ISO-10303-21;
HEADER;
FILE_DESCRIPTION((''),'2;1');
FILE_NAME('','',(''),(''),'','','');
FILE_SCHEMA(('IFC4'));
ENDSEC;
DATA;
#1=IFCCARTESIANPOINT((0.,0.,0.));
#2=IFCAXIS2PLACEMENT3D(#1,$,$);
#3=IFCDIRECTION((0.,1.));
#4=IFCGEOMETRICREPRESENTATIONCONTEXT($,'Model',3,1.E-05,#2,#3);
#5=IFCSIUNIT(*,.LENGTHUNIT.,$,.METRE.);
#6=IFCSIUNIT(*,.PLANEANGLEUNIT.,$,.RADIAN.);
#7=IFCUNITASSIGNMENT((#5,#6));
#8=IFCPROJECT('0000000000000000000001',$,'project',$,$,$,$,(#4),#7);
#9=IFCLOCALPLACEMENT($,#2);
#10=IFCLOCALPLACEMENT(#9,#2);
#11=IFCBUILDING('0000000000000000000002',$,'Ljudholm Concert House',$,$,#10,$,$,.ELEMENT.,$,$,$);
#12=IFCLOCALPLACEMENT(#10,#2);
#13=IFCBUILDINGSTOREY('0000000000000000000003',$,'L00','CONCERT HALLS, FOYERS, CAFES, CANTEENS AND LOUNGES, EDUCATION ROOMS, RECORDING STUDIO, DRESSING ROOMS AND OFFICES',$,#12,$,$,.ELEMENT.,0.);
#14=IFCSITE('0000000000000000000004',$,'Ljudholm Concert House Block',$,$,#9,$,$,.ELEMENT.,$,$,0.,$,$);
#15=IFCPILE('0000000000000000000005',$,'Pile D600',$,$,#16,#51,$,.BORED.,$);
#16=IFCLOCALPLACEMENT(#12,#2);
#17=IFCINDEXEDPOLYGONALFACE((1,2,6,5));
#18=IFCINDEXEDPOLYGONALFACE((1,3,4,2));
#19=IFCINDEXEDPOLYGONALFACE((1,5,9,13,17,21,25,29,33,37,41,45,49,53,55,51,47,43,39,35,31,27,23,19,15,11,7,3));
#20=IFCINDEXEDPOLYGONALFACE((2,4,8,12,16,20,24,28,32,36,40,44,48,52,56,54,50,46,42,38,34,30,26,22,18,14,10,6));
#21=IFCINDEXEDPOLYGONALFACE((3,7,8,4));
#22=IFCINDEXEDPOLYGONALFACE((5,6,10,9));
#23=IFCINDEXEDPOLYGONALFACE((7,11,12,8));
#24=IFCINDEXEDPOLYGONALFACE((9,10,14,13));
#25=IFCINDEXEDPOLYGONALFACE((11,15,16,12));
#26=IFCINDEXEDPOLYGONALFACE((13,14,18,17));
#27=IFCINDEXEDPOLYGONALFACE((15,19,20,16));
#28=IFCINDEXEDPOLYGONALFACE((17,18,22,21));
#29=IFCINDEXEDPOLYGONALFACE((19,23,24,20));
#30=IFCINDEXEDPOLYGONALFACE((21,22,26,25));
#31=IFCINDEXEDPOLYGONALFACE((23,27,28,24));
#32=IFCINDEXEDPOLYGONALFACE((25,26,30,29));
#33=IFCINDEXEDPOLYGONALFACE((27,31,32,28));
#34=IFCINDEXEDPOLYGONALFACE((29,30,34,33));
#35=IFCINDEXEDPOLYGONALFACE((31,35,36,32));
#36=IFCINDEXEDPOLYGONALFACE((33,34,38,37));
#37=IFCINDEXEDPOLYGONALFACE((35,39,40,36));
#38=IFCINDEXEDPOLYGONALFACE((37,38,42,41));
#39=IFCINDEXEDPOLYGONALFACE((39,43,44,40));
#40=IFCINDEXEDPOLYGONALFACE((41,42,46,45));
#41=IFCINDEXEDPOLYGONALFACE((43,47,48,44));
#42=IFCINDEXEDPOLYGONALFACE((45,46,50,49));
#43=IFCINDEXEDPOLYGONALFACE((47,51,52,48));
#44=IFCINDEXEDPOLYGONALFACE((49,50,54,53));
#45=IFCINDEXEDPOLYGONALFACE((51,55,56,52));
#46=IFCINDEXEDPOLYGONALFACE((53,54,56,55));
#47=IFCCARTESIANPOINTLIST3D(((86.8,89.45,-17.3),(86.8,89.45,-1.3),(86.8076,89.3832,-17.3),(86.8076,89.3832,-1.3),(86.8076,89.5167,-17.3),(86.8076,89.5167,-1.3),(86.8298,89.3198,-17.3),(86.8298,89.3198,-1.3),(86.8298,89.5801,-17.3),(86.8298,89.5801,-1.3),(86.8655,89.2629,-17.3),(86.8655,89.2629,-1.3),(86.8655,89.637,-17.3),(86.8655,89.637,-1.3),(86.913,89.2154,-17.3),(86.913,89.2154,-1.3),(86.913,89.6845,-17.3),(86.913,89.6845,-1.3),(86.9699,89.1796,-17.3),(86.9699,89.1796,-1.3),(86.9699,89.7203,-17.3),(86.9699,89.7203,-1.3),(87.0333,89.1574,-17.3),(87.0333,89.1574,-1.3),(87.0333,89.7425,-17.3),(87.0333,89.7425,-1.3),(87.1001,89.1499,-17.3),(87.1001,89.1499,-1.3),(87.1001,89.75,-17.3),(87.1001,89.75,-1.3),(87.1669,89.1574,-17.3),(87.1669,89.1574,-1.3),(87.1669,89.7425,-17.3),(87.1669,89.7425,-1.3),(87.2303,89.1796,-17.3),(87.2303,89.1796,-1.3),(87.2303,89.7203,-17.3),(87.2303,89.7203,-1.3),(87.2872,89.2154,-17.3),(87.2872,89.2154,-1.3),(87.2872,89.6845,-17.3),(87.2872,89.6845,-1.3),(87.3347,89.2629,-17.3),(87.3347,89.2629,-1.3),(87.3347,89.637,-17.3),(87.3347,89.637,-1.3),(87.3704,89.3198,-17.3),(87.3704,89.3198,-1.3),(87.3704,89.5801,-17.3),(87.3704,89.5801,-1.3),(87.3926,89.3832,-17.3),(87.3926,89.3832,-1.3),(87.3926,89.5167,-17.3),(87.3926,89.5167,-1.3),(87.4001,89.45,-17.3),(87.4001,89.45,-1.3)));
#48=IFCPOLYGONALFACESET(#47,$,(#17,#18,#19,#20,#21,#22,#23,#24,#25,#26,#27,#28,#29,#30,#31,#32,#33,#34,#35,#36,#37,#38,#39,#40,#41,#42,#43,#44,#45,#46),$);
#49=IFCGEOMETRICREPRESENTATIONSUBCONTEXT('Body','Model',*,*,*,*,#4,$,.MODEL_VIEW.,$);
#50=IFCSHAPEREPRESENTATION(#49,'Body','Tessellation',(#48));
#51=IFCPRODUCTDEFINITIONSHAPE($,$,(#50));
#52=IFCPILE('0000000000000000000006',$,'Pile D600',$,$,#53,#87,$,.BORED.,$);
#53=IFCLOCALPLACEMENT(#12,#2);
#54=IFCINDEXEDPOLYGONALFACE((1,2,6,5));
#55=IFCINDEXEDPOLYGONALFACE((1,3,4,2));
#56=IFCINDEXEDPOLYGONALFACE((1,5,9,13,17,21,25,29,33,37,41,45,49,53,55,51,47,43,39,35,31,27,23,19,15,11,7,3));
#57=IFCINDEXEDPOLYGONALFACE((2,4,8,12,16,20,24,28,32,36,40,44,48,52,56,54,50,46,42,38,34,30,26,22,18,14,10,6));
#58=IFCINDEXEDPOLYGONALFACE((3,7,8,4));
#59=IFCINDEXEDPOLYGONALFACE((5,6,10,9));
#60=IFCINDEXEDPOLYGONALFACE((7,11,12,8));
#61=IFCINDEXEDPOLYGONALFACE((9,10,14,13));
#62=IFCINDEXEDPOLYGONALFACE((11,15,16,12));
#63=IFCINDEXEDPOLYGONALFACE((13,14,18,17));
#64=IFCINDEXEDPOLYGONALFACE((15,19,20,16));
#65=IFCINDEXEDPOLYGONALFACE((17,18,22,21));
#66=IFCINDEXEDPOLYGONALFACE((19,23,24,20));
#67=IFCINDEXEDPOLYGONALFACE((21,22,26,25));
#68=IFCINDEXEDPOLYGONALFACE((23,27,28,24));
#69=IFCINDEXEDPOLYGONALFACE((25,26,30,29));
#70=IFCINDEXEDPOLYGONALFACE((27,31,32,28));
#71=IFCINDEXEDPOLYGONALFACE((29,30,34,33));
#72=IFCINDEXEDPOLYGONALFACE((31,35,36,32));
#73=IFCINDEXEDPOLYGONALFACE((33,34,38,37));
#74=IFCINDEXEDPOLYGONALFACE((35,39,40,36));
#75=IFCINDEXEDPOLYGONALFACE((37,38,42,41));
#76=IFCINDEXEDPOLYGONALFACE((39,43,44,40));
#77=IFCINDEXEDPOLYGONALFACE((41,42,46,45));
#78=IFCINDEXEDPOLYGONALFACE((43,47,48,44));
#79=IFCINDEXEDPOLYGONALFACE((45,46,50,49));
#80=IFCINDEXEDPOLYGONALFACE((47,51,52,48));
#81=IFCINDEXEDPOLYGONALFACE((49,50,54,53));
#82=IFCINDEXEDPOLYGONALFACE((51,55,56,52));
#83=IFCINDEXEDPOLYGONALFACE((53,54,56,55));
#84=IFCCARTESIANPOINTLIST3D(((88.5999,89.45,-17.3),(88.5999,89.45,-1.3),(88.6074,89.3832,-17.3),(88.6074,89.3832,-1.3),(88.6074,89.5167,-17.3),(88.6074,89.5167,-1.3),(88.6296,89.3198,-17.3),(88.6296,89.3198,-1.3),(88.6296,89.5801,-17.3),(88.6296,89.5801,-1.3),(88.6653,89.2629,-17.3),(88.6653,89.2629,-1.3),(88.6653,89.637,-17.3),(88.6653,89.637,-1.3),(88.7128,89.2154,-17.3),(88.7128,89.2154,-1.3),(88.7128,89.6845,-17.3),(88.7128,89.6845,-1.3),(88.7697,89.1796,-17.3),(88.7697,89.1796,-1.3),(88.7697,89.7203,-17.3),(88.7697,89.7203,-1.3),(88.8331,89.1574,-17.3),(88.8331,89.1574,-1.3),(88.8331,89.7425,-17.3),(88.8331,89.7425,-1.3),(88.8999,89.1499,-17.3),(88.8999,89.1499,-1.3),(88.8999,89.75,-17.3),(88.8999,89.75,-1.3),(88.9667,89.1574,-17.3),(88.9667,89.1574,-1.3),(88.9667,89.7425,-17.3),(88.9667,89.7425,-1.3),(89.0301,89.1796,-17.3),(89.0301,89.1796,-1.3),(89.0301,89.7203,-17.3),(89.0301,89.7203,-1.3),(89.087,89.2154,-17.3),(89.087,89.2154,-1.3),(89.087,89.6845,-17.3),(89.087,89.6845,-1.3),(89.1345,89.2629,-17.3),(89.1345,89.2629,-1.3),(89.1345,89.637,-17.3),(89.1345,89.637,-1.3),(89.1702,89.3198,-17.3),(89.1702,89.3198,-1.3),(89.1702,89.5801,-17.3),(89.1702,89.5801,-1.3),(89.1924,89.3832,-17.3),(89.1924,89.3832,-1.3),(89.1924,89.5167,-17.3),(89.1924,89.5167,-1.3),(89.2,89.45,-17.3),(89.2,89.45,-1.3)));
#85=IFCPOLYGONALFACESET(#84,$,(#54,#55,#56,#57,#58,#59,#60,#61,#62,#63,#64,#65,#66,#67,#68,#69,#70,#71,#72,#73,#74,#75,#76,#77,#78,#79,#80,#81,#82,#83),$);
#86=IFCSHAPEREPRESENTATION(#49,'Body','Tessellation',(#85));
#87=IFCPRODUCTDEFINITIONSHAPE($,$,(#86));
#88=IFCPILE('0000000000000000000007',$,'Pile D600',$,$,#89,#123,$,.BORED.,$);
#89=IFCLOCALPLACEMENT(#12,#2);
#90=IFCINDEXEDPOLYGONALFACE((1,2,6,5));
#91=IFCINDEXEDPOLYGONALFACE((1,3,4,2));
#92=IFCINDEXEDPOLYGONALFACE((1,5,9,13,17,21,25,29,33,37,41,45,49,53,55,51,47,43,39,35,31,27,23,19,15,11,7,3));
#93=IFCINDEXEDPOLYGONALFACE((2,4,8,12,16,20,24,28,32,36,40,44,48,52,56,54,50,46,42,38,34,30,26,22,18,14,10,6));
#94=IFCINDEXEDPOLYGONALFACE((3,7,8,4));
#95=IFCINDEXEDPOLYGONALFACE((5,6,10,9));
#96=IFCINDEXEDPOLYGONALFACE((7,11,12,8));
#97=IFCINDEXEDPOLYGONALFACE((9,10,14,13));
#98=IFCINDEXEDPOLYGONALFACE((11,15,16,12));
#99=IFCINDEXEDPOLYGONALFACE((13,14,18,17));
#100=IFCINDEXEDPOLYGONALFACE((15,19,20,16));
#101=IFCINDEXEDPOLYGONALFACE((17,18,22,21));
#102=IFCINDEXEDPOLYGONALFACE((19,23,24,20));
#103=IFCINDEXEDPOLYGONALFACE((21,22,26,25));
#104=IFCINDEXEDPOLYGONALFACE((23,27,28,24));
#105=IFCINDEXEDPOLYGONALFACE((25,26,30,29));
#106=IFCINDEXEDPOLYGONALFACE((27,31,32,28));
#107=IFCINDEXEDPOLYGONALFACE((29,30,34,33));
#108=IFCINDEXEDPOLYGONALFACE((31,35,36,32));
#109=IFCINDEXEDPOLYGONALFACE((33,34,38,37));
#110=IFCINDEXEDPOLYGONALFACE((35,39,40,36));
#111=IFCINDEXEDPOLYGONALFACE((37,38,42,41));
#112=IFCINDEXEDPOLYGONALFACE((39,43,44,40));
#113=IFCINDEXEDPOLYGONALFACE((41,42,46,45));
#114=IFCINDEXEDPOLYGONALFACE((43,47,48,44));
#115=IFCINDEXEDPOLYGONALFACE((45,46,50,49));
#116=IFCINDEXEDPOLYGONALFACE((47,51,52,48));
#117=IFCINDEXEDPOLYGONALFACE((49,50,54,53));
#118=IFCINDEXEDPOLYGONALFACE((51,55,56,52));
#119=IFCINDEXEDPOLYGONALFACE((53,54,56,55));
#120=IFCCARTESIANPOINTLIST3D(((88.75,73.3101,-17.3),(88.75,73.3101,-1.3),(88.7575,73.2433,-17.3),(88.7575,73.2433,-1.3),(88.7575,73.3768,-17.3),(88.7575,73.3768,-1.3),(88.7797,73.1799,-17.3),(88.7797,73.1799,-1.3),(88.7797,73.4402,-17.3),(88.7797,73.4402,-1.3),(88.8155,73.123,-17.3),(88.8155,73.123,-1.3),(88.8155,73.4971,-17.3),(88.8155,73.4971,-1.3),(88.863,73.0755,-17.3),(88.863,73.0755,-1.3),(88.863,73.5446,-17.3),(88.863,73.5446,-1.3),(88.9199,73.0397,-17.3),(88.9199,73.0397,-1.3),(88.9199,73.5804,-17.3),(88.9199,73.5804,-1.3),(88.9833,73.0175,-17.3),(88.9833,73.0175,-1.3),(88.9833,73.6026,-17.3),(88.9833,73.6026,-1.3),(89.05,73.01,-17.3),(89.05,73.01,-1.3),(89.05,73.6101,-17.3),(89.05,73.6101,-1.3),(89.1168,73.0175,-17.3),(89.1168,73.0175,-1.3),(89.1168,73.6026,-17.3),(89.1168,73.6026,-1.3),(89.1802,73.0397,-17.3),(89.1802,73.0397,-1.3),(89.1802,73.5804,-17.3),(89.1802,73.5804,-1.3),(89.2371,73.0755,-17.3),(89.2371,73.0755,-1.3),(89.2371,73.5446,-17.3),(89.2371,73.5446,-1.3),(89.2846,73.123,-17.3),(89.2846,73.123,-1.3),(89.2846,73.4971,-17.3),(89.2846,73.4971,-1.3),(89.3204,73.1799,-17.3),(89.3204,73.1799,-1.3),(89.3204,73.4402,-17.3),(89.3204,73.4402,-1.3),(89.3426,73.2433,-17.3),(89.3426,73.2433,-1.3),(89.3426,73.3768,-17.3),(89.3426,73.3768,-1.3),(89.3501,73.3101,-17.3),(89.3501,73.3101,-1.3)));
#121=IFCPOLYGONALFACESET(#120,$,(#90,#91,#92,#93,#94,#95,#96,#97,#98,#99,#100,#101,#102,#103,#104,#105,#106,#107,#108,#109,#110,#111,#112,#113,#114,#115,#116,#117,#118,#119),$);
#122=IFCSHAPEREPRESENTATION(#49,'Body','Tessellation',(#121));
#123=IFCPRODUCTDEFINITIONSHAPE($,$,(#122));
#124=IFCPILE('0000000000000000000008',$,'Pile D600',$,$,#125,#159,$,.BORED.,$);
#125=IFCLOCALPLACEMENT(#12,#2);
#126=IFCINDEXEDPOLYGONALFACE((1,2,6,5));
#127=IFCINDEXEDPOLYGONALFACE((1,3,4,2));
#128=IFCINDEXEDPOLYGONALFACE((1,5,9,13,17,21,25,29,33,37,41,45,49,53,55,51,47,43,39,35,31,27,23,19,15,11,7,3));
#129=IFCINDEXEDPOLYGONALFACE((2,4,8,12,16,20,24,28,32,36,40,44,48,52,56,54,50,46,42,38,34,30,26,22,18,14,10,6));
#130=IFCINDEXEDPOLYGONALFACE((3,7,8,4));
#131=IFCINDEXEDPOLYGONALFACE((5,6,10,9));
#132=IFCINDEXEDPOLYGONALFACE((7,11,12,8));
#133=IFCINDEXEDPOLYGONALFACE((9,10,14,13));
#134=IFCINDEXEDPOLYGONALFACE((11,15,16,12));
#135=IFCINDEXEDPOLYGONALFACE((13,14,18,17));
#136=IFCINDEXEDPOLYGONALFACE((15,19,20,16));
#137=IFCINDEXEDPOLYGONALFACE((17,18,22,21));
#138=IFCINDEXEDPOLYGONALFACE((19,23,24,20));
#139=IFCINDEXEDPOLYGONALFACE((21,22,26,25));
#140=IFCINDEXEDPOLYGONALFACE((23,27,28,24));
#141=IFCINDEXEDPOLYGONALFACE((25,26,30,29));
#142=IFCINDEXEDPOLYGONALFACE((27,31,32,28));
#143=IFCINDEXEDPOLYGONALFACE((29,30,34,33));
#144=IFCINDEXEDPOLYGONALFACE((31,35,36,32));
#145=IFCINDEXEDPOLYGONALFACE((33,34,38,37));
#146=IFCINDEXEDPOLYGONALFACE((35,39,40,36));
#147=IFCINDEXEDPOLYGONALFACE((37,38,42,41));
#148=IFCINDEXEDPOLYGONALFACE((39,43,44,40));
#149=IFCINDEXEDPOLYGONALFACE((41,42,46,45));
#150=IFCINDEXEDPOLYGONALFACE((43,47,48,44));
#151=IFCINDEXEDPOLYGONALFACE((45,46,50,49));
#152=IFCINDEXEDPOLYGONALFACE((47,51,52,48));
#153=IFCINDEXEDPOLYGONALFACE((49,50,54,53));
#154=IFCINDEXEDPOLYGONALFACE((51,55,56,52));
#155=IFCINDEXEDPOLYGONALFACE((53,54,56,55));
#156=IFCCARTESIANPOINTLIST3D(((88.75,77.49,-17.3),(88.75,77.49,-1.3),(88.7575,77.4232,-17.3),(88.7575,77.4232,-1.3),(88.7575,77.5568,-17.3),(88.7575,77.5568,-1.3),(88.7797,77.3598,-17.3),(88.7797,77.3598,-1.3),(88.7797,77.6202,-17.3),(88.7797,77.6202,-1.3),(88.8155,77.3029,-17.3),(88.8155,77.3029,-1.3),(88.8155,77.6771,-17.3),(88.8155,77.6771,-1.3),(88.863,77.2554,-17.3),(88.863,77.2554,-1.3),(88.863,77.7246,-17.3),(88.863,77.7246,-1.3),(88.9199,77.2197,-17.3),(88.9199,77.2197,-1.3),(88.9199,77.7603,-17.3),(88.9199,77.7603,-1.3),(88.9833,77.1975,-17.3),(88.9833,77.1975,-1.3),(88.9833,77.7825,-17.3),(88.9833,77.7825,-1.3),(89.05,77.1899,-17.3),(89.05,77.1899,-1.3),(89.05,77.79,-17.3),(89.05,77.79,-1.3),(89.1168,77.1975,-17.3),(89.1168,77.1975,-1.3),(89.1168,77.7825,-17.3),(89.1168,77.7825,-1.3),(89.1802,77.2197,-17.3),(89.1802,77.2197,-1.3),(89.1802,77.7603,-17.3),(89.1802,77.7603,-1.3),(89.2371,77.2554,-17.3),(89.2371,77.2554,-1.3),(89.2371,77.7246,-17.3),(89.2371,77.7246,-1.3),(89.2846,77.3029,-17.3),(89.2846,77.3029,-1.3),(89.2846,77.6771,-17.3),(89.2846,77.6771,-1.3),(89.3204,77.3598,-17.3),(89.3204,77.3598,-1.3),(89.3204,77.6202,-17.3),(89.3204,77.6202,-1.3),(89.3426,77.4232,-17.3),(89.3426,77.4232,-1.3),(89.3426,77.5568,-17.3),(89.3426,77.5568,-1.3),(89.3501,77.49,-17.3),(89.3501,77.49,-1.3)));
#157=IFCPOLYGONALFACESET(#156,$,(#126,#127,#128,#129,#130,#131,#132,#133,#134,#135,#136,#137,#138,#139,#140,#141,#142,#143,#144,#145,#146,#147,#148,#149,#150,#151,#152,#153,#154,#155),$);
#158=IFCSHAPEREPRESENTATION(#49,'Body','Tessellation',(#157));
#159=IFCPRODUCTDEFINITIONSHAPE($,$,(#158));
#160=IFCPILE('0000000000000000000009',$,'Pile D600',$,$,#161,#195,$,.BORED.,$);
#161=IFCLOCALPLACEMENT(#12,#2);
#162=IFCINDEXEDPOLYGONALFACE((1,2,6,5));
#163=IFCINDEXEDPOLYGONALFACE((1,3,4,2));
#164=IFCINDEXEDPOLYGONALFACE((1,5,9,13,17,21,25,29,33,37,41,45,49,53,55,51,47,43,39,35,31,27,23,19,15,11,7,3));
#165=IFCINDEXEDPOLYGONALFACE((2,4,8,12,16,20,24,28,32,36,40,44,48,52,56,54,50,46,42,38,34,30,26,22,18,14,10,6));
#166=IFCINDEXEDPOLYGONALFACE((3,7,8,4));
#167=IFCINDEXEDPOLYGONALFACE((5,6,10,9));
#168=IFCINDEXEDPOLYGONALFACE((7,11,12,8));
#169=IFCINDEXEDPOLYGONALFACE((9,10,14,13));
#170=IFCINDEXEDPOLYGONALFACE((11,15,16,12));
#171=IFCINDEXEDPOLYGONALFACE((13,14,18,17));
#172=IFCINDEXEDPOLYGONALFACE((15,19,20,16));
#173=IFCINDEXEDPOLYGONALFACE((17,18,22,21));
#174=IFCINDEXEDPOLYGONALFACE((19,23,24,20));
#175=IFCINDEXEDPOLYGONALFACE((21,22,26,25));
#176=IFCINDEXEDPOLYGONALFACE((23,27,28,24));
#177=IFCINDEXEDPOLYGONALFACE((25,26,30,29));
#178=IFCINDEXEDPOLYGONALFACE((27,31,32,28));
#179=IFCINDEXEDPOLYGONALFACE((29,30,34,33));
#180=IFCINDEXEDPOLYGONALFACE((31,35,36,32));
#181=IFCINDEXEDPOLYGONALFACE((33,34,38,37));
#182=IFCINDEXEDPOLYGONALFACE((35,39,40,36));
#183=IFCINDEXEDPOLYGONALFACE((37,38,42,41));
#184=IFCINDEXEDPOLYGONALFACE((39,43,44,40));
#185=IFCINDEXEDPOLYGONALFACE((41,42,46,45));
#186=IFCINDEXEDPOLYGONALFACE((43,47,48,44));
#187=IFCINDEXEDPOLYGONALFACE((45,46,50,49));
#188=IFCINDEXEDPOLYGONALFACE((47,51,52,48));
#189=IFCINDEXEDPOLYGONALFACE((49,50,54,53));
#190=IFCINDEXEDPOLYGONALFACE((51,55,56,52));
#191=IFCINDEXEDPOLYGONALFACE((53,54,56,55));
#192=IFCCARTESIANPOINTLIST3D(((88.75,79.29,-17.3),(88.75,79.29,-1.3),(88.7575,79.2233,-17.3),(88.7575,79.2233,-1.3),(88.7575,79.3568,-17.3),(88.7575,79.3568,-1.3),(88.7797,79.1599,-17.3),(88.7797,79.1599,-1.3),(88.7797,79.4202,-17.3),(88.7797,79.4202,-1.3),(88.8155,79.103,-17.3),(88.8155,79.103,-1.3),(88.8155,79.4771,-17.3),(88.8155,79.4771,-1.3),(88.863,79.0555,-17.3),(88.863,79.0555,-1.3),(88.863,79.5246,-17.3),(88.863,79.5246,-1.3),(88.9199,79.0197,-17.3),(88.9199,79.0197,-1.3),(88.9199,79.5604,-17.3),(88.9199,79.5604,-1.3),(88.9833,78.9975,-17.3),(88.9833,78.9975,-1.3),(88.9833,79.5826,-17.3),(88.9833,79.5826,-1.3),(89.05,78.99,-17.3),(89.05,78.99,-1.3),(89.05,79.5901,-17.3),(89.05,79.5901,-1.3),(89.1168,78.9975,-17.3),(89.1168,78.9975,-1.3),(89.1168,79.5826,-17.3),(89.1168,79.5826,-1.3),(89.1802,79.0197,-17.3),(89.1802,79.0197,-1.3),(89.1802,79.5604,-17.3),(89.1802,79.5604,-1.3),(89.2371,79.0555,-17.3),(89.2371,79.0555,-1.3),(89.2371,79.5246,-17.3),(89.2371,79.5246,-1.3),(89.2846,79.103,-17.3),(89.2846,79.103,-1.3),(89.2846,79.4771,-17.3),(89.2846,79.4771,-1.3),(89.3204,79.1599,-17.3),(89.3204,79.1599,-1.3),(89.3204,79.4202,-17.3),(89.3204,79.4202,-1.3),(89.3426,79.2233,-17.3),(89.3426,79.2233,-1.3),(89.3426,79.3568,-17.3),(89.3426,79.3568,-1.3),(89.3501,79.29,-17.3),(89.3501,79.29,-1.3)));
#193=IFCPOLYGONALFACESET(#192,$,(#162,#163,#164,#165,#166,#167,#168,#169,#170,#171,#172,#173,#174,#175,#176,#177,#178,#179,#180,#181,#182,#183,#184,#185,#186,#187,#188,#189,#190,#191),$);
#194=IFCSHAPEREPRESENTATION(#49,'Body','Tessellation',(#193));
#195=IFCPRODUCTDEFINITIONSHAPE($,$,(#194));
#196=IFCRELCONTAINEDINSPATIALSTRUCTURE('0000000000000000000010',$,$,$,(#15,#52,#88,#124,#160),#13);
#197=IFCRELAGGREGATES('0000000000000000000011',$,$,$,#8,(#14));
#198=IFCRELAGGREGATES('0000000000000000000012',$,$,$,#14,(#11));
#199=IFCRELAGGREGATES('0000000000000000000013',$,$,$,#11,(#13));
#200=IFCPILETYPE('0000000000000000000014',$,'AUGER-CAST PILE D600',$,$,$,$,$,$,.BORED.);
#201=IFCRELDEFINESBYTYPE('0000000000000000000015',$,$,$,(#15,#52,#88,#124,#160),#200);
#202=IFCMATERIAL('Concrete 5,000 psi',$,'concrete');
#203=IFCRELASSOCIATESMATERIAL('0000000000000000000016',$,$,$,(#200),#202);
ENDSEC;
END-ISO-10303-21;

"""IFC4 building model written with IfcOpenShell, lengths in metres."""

from ifc_helpers import new_model, si_unit, direction, frame, origin, origin_2d, place, context, subcontext, project, spatial, circle, extrude, material, material_profile, profile_set, type_object, element, save


model = new_model("IFC4")

# Units and contexts
model_context = context("Model", 3, precision=1e-05, world=origin(), true_north=direction((0.0, 1.0)))
body_context = subcontext(model_context, "Body", "Model", "MODEL_VIEW")
ifc_project = project(units=[si_unit("LENGTHUNIT", "METRE"), si_unit("PLANEANGLEUNIT", "RADIAN")], contexts=[model_context])

# Site, building, storey
site_placement = place(None, origin())
site = spatial("IfcSite", under=ifc_project, at=site_placement, Name="Ljudholm Concert House Block", CompositionType="ELEMENT", RefElevation=0.0)
building_placement = place(site_placement, origin())
building = spatial("IfcBuilding", under=site, at=building_placement, Name="Ljudholm Concert House", CompositionType="ELEMENT")
storey_placement = place(building_placement, origin())
storey = spatial("IfcBuildingStorey", under=building, at=storey_placement, Name="L00", Description="CONCERT HALLS, FOYERS, CAFES, CANTEENS AND LOUNGES, EDUCATION ROOMS, RECORDING STUDIO, DRESSING ROOMS AND OFFICES", CompositionType="ELEMENT", Elevation=0.0)

# Piles
ifc_material_1 = material(Name="Concrete 5,000 psi", Category="concrete")
ifc_material_profile_1 = material_profile(ifc_material_1, circle(Radius=0.3, at=origin_2d()), Name="AUGER-CAST PILE D600")
ifc_profile_set_1 = profile_set([ifc_material_profile_1], Name="Concrete 5,000 psi")
pile_type = type_object("IfcPileType", Name="AUGER-CAST PILE D600", PredefinedType="BORED", material=ifc_profile_set_1)
for number, where, z_axis, x_axis, name in (
    (1, (87.1001, 89.45, -1.3), (0.0, 0.0, -1.0), (1.0, 0.0, 0.0), "Pile D600"),
    (2, (88.8999, 89.45, -1.3), (0.0, 0.0, -1.0), (1.0, 0.0, 0.0), "Pile D600"),
    (3, (89.05, 73.3101, -1.3), (0.0, 0.0, -1.0), (1.0, 0.0, 0.0), "Pile D600"),
    (4, (89.05, 77.49, -1.3), (0.0, 0.0, -1.0), (1.0, 0.0, 0.0), "Pile D600"),
    (5, (89.05, 79.29, -1.3), (0.0, 0.0, -1.0), (1.0, 0.0, 0.0), "Pile D600"),
):
    element("IfcPile", number, at=place(storey_placement, frame(where, z_axis=z_axis, x_axis=x_axis)), inside=storey, type_object=pile_type, Name=name, PredefinedType="BORED", context=body_context, shape_type="SweptSolid", body=[
        extrude(circle(Radius=0.3, at=origin_2d()), origin(), (0.0, 0.0, 1.0), 16.0),
    ])

save(model, "model.ifc")
